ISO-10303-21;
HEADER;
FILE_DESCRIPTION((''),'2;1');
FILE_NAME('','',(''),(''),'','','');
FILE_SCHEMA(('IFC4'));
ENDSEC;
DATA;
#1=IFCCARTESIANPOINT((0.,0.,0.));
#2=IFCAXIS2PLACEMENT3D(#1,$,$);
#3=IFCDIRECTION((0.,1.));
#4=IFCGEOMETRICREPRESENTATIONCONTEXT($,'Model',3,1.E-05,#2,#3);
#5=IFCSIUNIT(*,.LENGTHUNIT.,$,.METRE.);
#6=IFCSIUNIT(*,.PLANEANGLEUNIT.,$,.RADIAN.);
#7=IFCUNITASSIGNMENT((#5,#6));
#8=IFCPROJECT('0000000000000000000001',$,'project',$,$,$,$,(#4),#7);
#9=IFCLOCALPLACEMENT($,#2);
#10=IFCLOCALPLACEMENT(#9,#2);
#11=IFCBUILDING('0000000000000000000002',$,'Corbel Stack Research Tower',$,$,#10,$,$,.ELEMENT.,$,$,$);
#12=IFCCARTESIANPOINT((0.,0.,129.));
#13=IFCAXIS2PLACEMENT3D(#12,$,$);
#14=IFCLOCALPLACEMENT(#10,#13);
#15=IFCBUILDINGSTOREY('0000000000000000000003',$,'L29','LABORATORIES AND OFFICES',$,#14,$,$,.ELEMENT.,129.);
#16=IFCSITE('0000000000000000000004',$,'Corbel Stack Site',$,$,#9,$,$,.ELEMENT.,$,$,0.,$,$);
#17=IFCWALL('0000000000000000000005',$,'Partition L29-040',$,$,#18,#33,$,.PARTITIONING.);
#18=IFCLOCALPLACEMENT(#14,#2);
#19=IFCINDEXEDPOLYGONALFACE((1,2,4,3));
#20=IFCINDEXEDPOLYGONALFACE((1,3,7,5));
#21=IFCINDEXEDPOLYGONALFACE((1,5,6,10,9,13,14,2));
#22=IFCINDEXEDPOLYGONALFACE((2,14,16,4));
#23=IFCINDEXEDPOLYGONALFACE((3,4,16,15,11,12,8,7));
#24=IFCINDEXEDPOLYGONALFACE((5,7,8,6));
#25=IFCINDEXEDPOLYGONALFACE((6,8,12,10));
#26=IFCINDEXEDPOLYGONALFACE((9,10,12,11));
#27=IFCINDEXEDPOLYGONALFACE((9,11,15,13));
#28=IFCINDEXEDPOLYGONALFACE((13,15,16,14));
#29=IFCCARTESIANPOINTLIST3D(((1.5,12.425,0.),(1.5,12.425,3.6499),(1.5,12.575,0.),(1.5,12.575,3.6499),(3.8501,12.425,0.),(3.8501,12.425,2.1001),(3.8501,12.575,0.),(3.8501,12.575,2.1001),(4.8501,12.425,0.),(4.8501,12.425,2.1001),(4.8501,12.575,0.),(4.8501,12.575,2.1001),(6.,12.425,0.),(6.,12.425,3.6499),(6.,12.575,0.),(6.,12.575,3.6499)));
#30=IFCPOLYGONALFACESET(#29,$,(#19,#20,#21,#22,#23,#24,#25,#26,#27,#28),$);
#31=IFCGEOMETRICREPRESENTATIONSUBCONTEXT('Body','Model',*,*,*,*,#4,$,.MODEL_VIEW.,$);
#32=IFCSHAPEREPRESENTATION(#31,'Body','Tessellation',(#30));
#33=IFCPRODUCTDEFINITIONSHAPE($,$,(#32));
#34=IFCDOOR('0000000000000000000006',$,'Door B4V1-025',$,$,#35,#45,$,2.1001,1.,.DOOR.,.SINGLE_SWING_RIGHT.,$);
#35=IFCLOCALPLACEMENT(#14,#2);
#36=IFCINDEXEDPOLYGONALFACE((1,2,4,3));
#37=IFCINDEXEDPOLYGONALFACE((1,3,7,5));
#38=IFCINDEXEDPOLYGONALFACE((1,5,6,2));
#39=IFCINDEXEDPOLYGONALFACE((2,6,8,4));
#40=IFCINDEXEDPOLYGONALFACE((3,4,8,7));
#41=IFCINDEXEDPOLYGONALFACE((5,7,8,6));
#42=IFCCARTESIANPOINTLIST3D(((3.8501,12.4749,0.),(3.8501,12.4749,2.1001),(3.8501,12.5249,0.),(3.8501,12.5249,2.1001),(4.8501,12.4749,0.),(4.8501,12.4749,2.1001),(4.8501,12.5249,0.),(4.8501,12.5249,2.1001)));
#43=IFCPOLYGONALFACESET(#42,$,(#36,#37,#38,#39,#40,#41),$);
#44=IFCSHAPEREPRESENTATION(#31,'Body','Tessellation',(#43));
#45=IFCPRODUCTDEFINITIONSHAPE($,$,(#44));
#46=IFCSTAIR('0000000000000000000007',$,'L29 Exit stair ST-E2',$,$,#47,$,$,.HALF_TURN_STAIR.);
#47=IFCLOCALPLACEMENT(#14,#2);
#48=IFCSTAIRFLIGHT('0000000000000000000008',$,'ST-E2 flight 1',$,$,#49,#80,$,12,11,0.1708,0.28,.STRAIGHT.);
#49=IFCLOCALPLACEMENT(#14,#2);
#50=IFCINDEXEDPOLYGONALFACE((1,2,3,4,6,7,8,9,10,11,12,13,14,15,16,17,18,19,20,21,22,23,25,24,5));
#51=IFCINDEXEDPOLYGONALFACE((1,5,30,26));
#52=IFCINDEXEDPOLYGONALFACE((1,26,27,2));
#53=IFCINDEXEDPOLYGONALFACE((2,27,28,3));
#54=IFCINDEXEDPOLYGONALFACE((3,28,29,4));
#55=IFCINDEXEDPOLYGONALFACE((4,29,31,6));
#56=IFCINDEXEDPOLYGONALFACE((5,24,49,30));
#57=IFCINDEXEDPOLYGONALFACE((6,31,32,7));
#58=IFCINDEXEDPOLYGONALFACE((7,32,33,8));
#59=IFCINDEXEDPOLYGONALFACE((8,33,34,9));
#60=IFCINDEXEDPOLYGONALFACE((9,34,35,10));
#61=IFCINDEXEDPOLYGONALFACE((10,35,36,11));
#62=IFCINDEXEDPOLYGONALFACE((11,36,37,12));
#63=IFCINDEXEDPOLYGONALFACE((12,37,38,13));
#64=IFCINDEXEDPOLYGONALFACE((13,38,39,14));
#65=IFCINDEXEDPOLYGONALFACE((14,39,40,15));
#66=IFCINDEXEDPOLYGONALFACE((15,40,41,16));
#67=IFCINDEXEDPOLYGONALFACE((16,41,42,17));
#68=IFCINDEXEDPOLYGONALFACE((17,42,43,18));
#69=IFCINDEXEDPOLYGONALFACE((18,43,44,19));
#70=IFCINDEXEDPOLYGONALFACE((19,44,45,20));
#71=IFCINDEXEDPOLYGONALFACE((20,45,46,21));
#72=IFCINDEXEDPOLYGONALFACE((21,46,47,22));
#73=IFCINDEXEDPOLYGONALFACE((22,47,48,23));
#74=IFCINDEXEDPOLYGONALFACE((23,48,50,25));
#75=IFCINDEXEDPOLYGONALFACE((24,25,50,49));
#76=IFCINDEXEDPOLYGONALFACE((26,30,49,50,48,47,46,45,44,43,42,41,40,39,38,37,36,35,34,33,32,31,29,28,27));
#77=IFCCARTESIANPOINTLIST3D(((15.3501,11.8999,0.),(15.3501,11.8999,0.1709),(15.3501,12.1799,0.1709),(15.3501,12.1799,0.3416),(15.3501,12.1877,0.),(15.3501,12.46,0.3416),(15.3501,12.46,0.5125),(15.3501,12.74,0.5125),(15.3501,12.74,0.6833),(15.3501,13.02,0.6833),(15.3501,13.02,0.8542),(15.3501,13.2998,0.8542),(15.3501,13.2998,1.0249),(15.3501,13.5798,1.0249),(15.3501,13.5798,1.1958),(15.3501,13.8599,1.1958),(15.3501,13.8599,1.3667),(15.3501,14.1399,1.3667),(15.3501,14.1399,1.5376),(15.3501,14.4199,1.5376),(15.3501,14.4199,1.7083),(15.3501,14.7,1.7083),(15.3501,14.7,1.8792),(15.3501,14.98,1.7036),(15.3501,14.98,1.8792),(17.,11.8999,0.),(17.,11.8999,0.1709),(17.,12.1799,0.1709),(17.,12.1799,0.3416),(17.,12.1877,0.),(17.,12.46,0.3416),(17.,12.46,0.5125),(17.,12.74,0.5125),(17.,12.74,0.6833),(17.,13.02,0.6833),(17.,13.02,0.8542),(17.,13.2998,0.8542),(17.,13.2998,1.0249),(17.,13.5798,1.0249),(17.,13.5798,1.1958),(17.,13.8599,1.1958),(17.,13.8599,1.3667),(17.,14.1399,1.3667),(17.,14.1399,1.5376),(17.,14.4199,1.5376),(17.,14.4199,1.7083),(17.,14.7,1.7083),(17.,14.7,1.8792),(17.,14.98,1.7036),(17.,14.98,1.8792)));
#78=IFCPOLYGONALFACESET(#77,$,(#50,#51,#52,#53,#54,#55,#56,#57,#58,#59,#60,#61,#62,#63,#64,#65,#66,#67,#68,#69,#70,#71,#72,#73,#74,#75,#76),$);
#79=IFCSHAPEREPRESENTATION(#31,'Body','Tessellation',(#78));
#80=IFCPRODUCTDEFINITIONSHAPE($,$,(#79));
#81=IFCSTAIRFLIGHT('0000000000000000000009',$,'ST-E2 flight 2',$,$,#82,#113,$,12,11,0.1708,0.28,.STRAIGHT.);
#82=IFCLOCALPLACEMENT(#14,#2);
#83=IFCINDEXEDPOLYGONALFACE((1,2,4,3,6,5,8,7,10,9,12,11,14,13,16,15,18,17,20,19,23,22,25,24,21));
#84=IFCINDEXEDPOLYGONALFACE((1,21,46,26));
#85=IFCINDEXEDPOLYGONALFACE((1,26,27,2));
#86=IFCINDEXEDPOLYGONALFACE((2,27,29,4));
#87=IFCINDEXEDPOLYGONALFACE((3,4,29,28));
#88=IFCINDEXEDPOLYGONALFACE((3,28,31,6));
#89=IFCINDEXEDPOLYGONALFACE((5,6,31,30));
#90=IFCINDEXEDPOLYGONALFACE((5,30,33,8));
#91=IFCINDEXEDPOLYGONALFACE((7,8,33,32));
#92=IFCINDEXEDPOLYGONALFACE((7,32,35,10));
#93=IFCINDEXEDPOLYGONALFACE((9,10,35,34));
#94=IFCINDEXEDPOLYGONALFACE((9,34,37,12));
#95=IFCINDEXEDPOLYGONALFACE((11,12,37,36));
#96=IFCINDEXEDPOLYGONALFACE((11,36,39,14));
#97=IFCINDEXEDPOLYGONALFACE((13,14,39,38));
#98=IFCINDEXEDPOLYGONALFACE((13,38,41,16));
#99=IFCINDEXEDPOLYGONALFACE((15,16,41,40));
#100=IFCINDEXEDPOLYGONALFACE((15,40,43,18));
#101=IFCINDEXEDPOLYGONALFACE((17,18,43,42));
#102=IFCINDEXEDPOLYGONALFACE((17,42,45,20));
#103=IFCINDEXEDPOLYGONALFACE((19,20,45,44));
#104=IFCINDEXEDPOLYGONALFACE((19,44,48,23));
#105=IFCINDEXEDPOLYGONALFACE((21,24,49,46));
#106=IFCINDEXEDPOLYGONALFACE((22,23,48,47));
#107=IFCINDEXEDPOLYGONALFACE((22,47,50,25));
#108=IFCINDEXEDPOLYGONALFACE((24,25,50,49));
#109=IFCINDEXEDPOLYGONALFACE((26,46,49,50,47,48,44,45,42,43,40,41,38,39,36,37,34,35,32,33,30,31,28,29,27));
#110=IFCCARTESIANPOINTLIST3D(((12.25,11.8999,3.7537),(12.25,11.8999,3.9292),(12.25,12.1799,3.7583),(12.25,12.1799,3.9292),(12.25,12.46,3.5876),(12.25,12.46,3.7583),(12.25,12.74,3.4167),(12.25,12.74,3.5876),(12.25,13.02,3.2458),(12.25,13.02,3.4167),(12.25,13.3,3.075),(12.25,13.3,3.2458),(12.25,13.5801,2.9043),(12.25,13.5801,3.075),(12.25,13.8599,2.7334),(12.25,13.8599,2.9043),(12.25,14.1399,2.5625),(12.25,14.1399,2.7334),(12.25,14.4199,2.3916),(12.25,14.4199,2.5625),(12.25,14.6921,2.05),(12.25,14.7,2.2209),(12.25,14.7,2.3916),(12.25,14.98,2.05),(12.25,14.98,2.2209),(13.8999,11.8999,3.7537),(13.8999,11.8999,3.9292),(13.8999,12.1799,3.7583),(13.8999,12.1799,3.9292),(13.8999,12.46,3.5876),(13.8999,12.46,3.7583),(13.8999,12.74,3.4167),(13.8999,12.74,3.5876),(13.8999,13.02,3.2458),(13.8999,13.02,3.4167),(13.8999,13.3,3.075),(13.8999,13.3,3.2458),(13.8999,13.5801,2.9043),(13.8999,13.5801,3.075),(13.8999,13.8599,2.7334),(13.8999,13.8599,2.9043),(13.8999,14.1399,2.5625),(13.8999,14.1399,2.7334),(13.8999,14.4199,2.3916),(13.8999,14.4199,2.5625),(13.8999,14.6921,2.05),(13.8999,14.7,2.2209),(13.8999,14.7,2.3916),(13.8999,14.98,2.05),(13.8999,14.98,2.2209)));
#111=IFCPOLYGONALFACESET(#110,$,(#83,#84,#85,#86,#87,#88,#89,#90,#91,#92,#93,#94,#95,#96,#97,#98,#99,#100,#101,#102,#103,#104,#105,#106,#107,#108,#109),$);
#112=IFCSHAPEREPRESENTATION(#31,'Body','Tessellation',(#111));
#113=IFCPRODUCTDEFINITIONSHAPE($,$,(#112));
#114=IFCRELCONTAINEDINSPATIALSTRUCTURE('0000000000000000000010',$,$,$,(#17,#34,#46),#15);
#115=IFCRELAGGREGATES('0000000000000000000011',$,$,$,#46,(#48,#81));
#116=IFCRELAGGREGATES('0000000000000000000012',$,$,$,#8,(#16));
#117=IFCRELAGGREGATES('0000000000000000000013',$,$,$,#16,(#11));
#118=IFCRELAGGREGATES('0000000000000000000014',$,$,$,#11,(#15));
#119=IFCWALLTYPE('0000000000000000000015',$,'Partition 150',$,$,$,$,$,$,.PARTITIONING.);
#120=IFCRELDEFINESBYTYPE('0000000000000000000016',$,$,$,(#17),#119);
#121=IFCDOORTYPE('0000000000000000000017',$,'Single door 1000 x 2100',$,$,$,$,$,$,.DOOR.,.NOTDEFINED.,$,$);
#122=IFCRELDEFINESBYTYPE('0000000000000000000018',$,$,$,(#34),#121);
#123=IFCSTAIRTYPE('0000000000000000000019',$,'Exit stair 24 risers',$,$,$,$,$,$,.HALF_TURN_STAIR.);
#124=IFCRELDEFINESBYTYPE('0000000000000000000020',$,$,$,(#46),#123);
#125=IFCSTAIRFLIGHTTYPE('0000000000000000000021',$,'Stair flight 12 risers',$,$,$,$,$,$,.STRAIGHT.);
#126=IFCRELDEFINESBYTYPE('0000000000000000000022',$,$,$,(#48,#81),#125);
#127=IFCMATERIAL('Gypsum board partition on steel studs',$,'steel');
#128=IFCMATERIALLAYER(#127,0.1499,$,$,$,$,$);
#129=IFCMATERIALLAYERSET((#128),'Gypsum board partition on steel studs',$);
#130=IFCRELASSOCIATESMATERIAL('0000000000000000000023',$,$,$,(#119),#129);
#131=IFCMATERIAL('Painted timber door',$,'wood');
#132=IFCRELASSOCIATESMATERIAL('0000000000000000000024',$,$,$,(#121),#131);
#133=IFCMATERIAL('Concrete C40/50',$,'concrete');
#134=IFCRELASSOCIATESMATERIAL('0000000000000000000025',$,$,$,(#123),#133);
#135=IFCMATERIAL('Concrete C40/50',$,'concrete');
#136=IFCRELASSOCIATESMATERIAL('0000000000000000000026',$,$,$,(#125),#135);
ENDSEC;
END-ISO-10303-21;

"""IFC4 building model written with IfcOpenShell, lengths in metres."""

from ifc_helpers import new_model, si_unit, direction, frame, frame_2d, origin, place, context, subcontext, project, spatial, polyline, rectangle, outline, extrude, material, layer, layer_set, type_object, element, fill, aggregate, save


model = new_model("IFC4")

# Units and contexts
model_context = context("Model", 3, precision=1e-05, world=origin(), true_north=direction((0.0, 1.0)))
body_context = subcontext(model_context, "Body", "Model", "MODEL_VIEW")
ifc_project = project(units=[si_unit("LENGTHUNIT", "METRE"), si_unit("PLANEANGLEUNIT", "RADIAN")], contexts=[model_context])

# Site, building, storey
site_placement = place(None, origin())
site = spatial("IfcSite", under=ifc_project, at=site_placement, Name="Corbel Stack Site", CompositionType="ELEMENT", RefElevation=0.0)
building_placement = place(site_placement, origin())
building = spatial("IfcBuilding", under=site, at=building_placement, Name="Corbel Stack Research Tower", CompositionType="ELEMENT")
storey_placement = place(building_placement, frame((0.0, 0.0, 129.0)))
storey = spatial("IfcBuildingStorey", under=building, at=storey_placement, Name="L29", Description="LABORATORIES AND OFFICES", CompositionType="ELEMENT", Elevation=129.0)

# Shared definitions
ifc_material_1 = material(Name="Gypsum board partition on steel studs", Category="steel")
ifc_layer_1 = layer(ifc_material_1, 0.1499)
ifc_layer_set_1 = layer_set([ifc_layer_1], Name="Gypsum board partition on steel studs")
wall_type_1 = type_object("IfcWallType", Name="Partition 150", PredefinedType="PARTITIONING", material=ifc_layer_set_1)

# Wall, opening, door
wall_1_placement = place(storey_placement, frame((1.5, 12.5, 0.0), z_axis=(0.0, 0.0, 1.0), x_axis=(1.0, 0.0, 0.0)))
wall_1 = element("IfcWall", 1, at=wall_1_placement, inside=storey, type_object=wall_type_1, Name="Partition L29-040", PredefinedType="PARTITIONING", context=body_context, shape_type="SweptSolid", body=[
    extrude(rectangle(XDim=4.5, YDim=0.1499, at=frame_2d((2.25, 0.0))), origin(), (0.0, 0.0, 1.0), 3.6499),
])
opening_1_placement = place(wall_1_placement, frame((2.3501, 0.0, 0.0)))
opening_1 = element("IfcOpeningElement", 2, at=opening_1_placement, cuts=wall_1, PredefinedType="OPENING", context=body_context, shape_type="SweptSolid", body=[
    extrude(rectangle(XDim=1.0, YDim=2.1001, at=frame_2d((0.5, 1.05))), frame((0.0, 0.085, 0.0), z_axis=(0.0, -1.0, 0.0), x_axis=(1.0, 0.0, 0.0)), (0.0, 0.0, 1.0), 0.1699),
])
ifc_material_2 = material(Name="Painted timber door", Category="wood")
door_type_1 = type_object("IfcDoorType", Name="Single door 1000 x 2100", OperationType="NOTDEFINED", PredefinedType="DOOR", material=ifc_material_2)
door_1_placement = place(opening_1_placement, origin())
door_1 = element("IfcDoor", 3, at=door_1_placement, inside=storey, type_object=door_type_1, Name="Door B4V1-025", OperationType="SINGLE_SWING_RIGHT", OverallHeight=2.1001, OverallWidth=1.0, PredefinedType="DOOR", context=body_context, shape_type="SweptSolid", body=[
    extrude(rectangle(XDim=1.0, YDim=2.1001, at=frame_2d((0.5, 1.05))), frame((0.0, 0.0249, 0.0), z_axis=(0.0, -1.0, 0.0), x_axis=(1.0, 0.0, 0.0)), (0.0, 0.0, 1.0), 0.05),
])
fill(opening_1, door_1)

# Stair, stair flights
ifc_material_3 = material(Name="Concrete C40/50", Category="concrete")
stair_type = type_object("IfcStairType", Name="Exit stair 24 risers", PredefinedType="HALF_TURN_STAIR", material=ifc_material_3)
stair_placement = place(storey_placement, origin())
stair = element("IfcStair", 4, at=stair_placement, inside=storey, type_object=stair_type, Name="L29 Exit stair ST-E2", PredefinedType="HALF_TURN_STAIR")
ifc_material_4 = material(Name="Concrete C40/50", Category="concrete")
stair_flight_type = type_object("IfcStairFlightType", Name="Stair flight 12 risers", PredefinedType="STRAIGHT", material=ifc_material_4)
stair_flight_1_placement = place(storey_placement, frame((16.175, 11.8999, 0.0), z_axis=(0.0, 0.0, 1.0), x_axis=(0.0, 1.0, 0.0)))
stair_flight_1 = element("IfcStairFlight", 5, at=stair_flight_1_placement, type_object=stair_flight_type, Name="ST-E2 flight 1", NumberOfRisers=12, NumberOfTreads=11, PredefinedType="STRAIGHT", RiserHeight=0.1708, TreadLength=0.28, context=body_context, shape_type="SweptSolid", body=[
    extrude(outline(polyline([(0.0, 0.0), (0.0, 0.1709), (0.28, 0.1709), (0.28, 0.3416), (0.5601, 0.3416), (0.5601, 0.5125), (0.8401, 0.5125), (0.8401, 0.6833), (1.1201, 0.6833), (1.1201, 0.8542), (1.3999, 0.8542), (1.3999, 1.0249), (1.6799, 1.0249), (1.6799, 1.1958), (1.96, 1.1958), (1.96, 1.3667), (2.24, 1.3667), (2.24, 1.5376), (2.52, 1.5376), (2.52, 1.7083), (2.8, 1.7083), (2.8, 1.8792), (3.0801, 1.8792), (3.0801, 2.05), (3.0801, 1.7036), (0.2878, 0.0), (0.0, 0.0)])), frame((0.0, 0.825, 0.0), z_axis=(0.0, -1.0, 0.0), x_axis=(1.0, 0.0, 0.0)), (0.0, 0.0, 1.0), 1.6499),
])
stair_flight_2_placement = place(storey_placement, frame((13.075, 14.98, 2.05), z_axis=(0.0, 0.0, 1.0), x_axis=(0.0, -1.0, 0.0)))
stair_flight_2 = element("IfcStairFlight", 6, at=stair_flight_2_placement, type_object=stair_flight_type, Name="ST-E2 flight 2", NumberOfRisers=12, NumberOfTreads=11, PredefinedType="STRAIGHT", RiserHeight=0.1708, TreadLength=0.28, context=body_context, shape_type="SweptSolid", body=[
    extrude(outline(polyline([(0.0, 0.0), (0.0, 0.1709), (0.28, 0.1709), (0.28, 0.3416), (0.5601, 0.3416), (0.5601, 0.5125), (0.8401, 0.5125), (0.8401, 0.6833), (1.1201, 0.6833), (1.1201, 0.8542), (1.3999, 0.8542), (1.3999, 1.0249), (1.6799, 1.0249), (1.6799, 1.1958), (1.96, 1.1958), (1.96, 1.3667), (2.24, 1.3667), (2.24, 1.5376), (2.52, 1.5376), (2.52, 1.7083), (2.8, 1.7083), (2.8, 1.8792), (3.0801, 1.8792), (3.0801, 2.05), (3.0801, 1.7036), (0.2878, 0.0), (0.0, 0.0)])), frame((0.0, 0.825, 0.0), z_axis=(0.0, -1.0, 0.0), x_axis=(1.0, 0.0, 0.0)), (0.0, 0.0, 1.0), 1.6499),
])
aggregate(stair, [stair_flight_1, stair_flight_2])

save(model, "model.ifc")
